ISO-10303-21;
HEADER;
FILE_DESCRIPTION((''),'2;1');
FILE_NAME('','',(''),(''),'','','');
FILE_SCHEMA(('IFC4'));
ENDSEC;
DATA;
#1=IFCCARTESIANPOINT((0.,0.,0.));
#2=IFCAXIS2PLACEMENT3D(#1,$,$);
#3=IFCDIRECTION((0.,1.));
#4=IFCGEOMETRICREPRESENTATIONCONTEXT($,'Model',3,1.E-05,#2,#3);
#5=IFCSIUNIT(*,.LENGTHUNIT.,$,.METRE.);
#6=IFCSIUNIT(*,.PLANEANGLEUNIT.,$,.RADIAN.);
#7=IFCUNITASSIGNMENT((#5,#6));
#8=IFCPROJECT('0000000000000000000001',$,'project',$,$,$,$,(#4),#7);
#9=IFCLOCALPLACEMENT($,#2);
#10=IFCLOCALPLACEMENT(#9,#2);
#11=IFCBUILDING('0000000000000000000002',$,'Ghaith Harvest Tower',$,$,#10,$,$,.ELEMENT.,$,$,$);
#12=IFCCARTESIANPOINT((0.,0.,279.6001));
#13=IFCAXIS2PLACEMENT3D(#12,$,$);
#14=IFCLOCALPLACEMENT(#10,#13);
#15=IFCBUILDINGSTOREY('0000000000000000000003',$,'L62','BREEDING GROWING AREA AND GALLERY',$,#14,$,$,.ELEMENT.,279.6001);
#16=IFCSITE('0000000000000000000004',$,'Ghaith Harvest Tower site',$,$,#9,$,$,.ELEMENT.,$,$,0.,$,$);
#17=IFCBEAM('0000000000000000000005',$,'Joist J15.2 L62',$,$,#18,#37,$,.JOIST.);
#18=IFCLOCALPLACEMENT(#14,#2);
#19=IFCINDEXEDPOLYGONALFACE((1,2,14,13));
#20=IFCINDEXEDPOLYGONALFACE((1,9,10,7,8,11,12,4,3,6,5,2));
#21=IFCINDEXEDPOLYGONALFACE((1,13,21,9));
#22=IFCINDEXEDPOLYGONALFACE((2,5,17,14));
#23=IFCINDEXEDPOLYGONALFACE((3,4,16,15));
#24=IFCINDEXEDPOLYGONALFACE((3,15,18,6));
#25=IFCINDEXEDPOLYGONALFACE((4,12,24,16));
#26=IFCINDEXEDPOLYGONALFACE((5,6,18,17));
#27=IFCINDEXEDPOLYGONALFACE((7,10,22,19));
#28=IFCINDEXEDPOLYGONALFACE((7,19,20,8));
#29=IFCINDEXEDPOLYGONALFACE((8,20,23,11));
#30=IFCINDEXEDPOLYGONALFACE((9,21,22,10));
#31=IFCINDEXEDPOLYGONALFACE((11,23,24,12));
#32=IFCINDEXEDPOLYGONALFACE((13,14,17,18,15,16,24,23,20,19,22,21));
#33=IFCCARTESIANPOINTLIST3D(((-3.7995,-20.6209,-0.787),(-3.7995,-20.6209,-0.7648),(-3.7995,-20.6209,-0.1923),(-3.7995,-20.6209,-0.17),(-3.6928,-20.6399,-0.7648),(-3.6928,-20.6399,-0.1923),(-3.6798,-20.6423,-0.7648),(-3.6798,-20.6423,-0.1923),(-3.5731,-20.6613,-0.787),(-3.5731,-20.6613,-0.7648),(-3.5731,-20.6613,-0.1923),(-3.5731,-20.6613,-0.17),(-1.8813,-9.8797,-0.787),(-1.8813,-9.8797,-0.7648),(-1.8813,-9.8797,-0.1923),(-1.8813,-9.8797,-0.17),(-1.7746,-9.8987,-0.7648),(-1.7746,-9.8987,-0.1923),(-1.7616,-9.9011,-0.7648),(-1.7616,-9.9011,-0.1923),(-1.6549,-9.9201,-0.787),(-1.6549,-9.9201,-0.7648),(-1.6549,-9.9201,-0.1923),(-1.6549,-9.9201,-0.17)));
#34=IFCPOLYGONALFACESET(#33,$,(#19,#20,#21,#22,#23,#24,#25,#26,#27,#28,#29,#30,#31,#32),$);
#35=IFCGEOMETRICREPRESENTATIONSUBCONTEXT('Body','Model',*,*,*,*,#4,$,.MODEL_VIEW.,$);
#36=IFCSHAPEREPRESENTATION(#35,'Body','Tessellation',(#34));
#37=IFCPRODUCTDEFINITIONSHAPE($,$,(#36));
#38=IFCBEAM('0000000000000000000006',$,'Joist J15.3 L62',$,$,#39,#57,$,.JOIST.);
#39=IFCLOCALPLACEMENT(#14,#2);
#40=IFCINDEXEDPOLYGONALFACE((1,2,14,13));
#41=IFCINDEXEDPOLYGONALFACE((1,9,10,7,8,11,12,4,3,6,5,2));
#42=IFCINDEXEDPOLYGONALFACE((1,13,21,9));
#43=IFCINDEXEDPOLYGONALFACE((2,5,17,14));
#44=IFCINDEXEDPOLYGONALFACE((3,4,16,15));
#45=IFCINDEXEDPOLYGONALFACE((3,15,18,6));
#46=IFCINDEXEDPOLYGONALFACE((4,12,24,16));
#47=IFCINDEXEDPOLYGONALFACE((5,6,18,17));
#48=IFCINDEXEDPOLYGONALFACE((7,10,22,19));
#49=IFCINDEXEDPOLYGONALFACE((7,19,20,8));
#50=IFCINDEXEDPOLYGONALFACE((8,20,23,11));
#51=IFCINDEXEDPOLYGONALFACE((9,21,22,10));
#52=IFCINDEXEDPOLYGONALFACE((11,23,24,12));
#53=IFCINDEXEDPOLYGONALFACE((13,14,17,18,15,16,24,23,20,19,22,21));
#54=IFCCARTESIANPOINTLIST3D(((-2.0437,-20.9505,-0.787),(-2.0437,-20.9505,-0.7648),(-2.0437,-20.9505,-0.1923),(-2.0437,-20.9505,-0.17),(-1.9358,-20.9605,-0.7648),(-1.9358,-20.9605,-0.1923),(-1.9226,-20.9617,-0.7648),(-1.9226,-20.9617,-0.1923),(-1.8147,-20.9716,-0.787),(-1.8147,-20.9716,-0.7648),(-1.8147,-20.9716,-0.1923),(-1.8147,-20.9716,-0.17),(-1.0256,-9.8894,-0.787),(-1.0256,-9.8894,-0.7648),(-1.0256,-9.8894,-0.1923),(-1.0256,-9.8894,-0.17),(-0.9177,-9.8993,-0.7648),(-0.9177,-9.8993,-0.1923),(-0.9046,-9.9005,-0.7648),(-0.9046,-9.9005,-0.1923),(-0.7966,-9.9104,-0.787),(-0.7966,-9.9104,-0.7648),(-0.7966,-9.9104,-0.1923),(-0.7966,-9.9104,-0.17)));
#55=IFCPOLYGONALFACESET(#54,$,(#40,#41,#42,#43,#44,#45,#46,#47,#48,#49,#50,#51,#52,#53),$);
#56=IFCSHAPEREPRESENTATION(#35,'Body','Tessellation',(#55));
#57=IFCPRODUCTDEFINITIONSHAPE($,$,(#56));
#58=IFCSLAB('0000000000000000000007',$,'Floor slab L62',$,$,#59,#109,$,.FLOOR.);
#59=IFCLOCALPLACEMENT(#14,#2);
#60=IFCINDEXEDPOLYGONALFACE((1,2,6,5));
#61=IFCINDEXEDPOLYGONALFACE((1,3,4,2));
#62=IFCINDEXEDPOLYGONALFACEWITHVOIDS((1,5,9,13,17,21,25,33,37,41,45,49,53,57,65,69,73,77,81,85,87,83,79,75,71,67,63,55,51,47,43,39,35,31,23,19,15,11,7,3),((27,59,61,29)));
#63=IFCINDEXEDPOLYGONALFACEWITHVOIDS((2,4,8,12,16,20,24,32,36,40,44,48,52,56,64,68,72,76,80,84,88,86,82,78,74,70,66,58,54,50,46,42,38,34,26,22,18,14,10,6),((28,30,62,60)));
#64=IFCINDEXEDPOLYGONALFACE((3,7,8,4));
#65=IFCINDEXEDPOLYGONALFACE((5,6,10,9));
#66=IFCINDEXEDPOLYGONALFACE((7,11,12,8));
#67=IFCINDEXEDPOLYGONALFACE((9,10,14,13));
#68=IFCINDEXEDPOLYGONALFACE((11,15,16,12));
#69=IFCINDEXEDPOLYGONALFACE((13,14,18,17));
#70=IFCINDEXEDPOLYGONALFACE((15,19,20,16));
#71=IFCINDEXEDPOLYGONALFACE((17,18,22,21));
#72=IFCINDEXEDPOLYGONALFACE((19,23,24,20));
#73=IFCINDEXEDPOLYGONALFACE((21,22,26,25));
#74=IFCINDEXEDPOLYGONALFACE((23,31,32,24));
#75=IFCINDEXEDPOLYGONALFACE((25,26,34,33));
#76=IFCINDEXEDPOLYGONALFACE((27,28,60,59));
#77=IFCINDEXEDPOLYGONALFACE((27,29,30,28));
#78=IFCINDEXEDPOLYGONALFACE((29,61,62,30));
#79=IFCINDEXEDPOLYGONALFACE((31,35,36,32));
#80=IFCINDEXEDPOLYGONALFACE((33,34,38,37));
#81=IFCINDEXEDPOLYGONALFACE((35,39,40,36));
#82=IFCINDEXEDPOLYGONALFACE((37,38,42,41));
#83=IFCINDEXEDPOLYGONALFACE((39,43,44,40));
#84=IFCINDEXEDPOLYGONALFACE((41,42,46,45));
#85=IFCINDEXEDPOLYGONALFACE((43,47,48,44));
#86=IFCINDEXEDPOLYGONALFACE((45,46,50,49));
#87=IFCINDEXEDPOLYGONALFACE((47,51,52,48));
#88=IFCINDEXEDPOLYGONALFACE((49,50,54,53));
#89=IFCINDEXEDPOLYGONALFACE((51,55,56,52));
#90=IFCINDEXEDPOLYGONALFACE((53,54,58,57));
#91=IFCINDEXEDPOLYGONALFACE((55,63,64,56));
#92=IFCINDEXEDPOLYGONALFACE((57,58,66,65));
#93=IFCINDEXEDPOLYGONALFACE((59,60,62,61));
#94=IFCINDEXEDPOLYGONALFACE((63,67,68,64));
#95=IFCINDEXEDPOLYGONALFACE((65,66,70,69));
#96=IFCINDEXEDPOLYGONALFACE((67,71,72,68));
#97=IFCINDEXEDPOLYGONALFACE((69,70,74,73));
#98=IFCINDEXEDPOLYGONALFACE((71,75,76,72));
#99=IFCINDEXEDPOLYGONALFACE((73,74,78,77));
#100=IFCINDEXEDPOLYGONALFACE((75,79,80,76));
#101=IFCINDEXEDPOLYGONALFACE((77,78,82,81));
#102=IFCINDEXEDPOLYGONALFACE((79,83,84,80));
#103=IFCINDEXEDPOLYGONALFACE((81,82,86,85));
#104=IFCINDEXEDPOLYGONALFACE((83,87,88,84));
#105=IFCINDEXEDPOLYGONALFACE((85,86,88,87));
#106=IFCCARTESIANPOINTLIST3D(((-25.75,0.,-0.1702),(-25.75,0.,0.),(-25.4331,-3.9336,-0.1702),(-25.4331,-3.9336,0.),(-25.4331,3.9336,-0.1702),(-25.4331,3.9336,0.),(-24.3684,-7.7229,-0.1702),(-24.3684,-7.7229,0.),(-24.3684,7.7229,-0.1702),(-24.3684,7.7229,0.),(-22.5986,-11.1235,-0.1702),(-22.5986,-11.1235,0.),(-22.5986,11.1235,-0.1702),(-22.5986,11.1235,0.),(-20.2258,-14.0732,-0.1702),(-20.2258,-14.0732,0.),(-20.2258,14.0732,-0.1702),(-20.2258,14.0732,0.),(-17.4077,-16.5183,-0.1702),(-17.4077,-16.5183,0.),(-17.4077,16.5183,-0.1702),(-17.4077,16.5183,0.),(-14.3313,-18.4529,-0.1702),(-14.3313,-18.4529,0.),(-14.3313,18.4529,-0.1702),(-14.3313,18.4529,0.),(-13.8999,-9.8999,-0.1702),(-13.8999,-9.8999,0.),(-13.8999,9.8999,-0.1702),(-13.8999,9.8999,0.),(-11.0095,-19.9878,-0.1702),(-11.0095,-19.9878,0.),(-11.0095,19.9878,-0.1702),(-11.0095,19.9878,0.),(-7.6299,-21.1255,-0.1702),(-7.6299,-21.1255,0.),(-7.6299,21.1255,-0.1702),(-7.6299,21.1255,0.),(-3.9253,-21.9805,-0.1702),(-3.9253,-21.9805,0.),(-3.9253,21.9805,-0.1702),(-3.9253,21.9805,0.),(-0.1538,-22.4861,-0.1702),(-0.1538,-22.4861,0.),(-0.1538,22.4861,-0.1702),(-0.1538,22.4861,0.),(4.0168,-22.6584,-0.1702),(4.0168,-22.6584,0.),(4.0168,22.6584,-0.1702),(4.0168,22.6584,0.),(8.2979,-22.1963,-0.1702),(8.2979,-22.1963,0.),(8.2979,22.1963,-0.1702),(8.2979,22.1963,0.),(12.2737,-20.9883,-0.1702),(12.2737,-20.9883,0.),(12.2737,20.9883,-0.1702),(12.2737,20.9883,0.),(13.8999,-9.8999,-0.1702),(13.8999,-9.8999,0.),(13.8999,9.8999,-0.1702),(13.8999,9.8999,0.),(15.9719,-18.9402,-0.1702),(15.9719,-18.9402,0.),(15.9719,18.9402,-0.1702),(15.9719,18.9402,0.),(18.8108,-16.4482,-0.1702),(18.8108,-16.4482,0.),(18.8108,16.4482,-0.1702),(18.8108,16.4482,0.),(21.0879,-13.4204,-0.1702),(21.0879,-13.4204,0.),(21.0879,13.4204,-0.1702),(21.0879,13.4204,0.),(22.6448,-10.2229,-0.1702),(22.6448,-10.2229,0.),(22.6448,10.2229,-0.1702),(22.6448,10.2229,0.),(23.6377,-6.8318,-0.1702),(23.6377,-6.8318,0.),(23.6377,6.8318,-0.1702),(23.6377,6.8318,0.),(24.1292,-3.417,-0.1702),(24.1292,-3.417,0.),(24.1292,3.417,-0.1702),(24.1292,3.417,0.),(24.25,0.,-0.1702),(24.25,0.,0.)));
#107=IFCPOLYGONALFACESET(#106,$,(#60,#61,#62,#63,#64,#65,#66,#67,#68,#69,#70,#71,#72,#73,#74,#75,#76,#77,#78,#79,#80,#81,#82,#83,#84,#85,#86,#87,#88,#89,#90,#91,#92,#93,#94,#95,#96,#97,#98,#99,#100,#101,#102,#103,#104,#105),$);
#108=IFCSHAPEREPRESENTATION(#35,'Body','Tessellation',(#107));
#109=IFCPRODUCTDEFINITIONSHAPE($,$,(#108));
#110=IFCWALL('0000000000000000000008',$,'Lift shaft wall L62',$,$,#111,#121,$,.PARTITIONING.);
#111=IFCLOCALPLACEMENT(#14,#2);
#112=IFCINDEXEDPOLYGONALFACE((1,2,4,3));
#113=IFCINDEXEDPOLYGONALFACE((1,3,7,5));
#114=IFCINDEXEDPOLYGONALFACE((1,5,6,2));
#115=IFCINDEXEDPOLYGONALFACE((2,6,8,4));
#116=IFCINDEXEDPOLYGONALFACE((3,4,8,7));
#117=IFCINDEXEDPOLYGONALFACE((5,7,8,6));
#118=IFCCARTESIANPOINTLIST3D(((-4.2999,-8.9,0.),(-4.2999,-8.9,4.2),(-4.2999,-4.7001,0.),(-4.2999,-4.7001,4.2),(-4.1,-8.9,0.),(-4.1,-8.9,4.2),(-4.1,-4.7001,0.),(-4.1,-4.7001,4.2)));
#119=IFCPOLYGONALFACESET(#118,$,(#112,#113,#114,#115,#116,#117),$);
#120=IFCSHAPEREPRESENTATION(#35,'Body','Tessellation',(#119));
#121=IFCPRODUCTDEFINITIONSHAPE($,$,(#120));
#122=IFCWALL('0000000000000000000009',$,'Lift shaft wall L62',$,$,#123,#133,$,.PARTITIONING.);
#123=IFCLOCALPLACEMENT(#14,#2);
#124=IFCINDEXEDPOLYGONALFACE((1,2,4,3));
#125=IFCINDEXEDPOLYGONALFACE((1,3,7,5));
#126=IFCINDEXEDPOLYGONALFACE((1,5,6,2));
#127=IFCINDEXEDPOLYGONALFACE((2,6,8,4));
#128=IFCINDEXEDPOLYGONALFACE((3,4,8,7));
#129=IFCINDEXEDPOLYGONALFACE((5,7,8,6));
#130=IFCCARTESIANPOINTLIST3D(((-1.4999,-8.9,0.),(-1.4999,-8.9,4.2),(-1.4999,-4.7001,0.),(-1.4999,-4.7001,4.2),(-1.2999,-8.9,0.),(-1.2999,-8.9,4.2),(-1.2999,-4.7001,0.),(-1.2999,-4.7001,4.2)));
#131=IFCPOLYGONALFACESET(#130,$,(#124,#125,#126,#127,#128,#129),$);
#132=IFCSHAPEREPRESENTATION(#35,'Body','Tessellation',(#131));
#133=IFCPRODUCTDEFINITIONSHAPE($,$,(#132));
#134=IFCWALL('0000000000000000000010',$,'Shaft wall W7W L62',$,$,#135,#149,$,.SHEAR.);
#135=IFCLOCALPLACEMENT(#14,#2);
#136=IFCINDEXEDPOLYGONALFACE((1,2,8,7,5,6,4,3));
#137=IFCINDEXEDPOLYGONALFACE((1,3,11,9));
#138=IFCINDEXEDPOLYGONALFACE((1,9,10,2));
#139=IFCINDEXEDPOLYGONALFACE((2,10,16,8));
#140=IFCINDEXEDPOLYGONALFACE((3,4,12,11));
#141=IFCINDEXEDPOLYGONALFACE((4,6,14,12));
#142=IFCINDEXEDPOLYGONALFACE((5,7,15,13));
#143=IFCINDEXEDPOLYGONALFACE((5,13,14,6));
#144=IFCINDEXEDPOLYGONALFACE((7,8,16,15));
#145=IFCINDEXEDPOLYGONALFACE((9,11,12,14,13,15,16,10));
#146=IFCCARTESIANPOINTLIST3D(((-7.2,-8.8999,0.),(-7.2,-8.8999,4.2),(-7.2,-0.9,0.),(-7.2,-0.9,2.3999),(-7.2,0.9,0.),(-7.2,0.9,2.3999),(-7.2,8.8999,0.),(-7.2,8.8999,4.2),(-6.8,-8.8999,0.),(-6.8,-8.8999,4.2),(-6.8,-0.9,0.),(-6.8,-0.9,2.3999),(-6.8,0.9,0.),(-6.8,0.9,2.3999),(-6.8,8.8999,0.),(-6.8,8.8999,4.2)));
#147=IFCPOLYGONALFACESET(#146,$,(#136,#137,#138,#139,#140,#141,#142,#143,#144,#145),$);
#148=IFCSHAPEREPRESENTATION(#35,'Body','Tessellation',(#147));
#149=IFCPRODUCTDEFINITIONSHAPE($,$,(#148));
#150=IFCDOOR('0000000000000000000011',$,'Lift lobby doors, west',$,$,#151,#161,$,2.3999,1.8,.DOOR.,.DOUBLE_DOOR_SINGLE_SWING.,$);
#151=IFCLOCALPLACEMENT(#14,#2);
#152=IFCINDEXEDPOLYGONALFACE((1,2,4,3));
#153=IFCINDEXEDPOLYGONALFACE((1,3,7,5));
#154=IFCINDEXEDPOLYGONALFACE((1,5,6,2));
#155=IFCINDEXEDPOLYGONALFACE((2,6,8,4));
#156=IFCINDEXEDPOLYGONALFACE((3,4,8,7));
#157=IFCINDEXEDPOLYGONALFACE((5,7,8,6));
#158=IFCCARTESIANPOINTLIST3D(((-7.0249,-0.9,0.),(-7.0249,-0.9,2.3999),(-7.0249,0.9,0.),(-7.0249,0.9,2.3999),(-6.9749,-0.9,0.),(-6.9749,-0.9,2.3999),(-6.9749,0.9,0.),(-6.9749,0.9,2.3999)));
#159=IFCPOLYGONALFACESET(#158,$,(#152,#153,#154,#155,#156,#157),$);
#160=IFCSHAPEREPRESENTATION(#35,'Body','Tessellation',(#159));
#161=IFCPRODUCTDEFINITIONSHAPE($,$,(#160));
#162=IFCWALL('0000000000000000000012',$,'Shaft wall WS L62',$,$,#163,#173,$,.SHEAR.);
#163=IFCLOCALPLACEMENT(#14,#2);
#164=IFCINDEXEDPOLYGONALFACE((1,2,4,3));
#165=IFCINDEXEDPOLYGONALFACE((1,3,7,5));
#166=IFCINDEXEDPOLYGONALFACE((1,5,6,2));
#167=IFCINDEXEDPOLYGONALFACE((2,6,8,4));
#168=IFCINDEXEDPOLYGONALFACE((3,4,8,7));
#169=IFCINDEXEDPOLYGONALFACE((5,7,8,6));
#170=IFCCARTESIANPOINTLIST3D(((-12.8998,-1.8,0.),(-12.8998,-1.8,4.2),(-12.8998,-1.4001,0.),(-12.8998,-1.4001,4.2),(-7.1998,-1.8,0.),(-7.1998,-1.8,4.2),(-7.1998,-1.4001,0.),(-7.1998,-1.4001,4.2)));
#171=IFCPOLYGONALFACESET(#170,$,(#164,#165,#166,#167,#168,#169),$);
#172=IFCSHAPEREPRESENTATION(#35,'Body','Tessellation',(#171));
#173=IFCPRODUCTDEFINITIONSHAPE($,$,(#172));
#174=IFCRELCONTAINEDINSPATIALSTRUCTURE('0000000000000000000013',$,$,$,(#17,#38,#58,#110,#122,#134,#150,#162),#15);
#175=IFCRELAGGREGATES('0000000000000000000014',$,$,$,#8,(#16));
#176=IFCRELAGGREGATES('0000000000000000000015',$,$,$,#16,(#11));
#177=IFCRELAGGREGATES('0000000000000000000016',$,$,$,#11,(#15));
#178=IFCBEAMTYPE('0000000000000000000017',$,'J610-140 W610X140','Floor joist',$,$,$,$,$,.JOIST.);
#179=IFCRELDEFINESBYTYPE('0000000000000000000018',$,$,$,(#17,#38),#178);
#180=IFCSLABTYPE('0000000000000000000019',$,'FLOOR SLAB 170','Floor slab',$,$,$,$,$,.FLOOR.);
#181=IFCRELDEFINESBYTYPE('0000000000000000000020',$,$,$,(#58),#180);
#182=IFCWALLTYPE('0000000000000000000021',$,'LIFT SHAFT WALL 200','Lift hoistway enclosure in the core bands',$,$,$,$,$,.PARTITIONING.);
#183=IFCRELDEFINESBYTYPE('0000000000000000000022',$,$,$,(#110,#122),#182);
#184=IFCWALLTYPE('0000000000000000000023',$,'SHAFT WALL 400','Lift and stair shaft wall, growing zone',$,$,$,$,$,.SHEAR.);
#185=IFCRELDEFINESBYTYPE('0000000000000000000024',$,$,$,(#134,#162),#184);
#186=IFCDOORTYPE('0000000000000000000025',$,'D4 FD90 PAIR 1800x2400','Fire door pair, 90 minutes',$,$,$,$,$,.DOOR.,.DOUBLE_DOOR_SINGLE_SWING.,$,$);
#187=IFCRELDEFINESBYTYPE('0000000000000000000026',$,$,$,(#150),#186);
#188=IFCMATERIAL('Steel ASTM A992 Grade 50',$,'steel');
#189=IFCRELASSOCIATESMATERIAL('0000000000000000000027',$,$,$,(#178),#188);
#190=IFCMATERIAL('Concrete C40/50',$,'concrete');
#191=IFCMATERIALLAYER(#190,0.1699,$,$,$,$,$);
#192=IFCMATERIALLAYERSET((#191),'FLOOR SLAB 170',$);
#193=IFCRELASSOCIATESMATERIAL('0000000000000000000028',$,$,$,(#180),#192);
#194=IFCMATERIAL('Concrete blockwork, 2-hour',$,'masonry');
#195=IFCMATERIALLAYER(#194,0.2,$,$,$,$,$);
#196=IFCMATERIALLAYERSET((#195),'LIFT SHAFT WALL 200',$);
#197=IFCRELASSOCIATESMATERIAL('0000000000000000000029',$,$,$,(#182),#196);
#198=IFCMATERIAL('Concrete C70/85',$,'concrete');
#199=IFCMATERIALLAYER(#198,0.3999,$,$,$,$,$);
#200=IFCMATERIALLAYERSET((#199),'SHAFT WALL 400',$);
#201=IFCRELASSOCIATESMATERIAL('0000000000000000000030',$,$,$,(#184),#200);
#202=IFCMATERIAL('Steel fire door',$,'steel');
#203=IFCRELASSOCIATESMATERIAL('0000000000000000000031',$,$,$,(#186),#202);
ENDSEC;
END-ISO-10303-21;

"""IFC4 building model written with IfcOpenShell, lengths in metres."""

from ifc_helpers import new_model, si_unit, direction, frame, frame_2d, origin, origin_2d, place, context, subcontext, project, spatial, polyline, rectangle, i_section, outline, extrude, material, layer, layer_set, material_profile, profile_set, type_object, element, fill, save


model = new_model("IFC4")

# Units and contexts
model_context = context("Model", 3, precision=1e-05, world=origin(), true_north=direction((0.0, 1.0)))
body_context = subcontext(model_context, "Body", "Model", "MODEL_VIEW")
ifc_project = project(units=[si_unit("LENGTHUNIT", "METRE"), si_unit("PLANEANGLEUNIT", "RADIAN")], contexts=[model_context])

# Site, building, storey
site_placement = place(None, origin())
site = spatial("IfcSite", under=ifc_project, at=site_placement, Name="Ghaith Harvest Tower site", CompositionType="ELEMENT", RefElevation=0.0)
building_placement = place(site_placement, origin())
building = spatial("IfcBuilding", under=site, at=building_placement, Name="Ghaith Harvest Tower", CompositionType="ELEMENT")
storey_placement = place(building_placement, frame((0.0, 0.0, 279.6001)))
storey = spatial("IfcBuildingStorey", under=building, at=storey_placement, Name="L62", Description="BREEDING GROWING AREA AND GALLERY", CompositionType="ELEMENT", Elevation=279.6001)

# Beams
ifc_material_1 = material(Name="Steel ASTM A992 Grade 50", Category="steel")
ifc_material_profile_1 = material_profile(ifc_material_1, i_section(OverallWidth=0.23, OverallDepth=0.6169, WebThickness=0.0132, FlangeThickness=0.0222, at=origin_2d()), Name="W610X140")
ifc_profile_set_1 = profile_set([ifc_material_profile_1], Name="Steel ASTM A992 Grade 50")
beam_type_1 = type_object("IfcBeamType", Name="J610-140 W610X140", Description="Floor joist", PredefinedType="JOIST", material=ifc_profile_set_1)
beam_1_placement = place(storey_placement, frame((-1.7681, -9.8999, -0.4785), z_axis=(-0.175803, -0.984425, 0.0), x_axis=(0.984425, -0.175803, 0.0)))
element("IfcBeam", 1, at=beam_1_placement, inside=storey, type_object=beam_type_1, Name="Joist J15.2 L62", PredefinedType="JOIST", context=body_context, shape_type="SweptSolid", body=[
    extrude(i_section(OverallWidth=0.23, OverallDepth=0.6169, WebThickness=0.0132, FlangeThickness=0.0222, at=origin_2d()), origin(), (0.0, 0.0, 1.0), 10.9111),
])
beam_2_placement = place(storey_placement, frame((-0.9111, -9.8999, -0.4785), z_axis=(-0.091651, -0.995791, 0.0), x_axis=(0.995791, -0.091651, 0.0)))
element("IfcBeam", 2, at=beam_2_placement, inside=storey, type_object=beam_type_1, Name="Joist J15.3 L62", PredefinedType="JOIST", context=body_context, shape_type="SweptSolid", body=[
    extrude(i_section(OverallWidth=0.23, OverallDepth=0.6169, WebThickness=0.0132, FlangeThickness=0.0222, at=origin_2d()), origin(), (0.0, 0.0, 1.0), 11.1079),
])

# Slab
ifc_material_2 = material(Name="Concrete C40/50", Category="concrete")
ifc_layer_1 = layer(ifc_material_2, 0.1699)
ifc_layer_set_1 = layer_set([ifc_layer_1], Name="FLOOR SLAB 170")
slab_type = type_object("IfcSlabType", Name="FLOOR SLAB 170", Description="Floor slab", PredefinedType="FLOOR", material=ifc_layer_set_1)
slab_placement = place(storey_placement, frame((0.0, 0.0, -0.1702)))
element("IfcSlab", 3, at=slab_placement, inside=storey, type_object=slab_type, Name="Floor slab L62", PredefinedType="FLOOR", context=body_context, shape_type="SweptSolid", body=[
    extrude(outline(polyline([(24.25, 0.0), (24.1292, 3.417), (23.6377, 6.8318), (22.6448, 10.2229), (21.0879, 13.4204), (18.8108, 16.4482), (15.9719, 18.9402), (12.2737, 20.9883), (8.2979, 22.1963), (4.0168, 22.6584), (-0.1538, 22.4861), (-3.9253, 21.9805), (-7.6299, 21.1255), (-11.0095, 19.9878), (-14.3313, 18.4529), (-17.4077, 16.5183), (-20.2258, 14.0732), (-22.5986, 11.1235), (-24.3684, 7.7229), (-25.4331, 3.9336), (-25.75, 0.0), (-25.4331, -3.9336), (-24.3684, -7.7229), (-22.5986, -11.1235), (-20.2258, -14.0732), (-17.4077, -16.5183), (-14.3313, -18.4529), (-11.0095, -19.9878), (-7.6299, -21.1255), (-3.9253, -21.9805), (-0.1538, -22.4861), (4.0168, -22.6584), (8.2979, -22.1963), (12.2737, -20.9883), (15.9719, -18.9402), (18.8108, -16.4482), (21.0879, -13.4204), (22.6448, -10.2229), (23.6377, -6.8318), (24.1292, -3.417), (24.25, 0.0)]), holes=[polyline([(-13.8999, -9.8999), (13.8999, -9.8999), (13.8999, 9.8999), (-13.8999, 9.8999), (-13.8999, -9.8999)])]), origin(), (0.0, 0.0, 1.0), 0.1702),
])

# Walls
ifc_material_3 = material(Name="Concrete blockwork, 2-hour", Category="masonry")
ifc_layer_2 = layer(ifc_material_3, 0.2)
ifc_layer_set_2 = layer_set([ifc_layer_2], Name="LIFT SHAFT WALL 200")
wall_type_1 = type_object("IfcWallType", Name="LIFT SHAFT WALL 200", Description="Lift hoistway enclosure in the core bands", PredefinedType="PARTITIONING", material=ifc_layer_set_2)
for number, where, z_axis, x_axis, name in (
    (4, (-4.2, -4.7, 0.0), (0.0, 0.0, 1.0), (0.0, -1.0, 0.0), "Lift shaft wall L62"),
    (5, (-1.3999, -4.7, 0.0), (0.0, 0.0, 1.0), (0.0, -1.0, 0.0), "Lift shaft wall L62"),
):
    element("IfcWall", number, at=place(storey_placement, frame(where, z_axis=z_axis, x_axis=x_axis)), inside=storey, type_object=wall_type_1, Name=name, PredefinedType="PARTITIONING", context=body_context, shape_type="SweptSolid", body=[
        extrude(rectangle(XDim=4.2, YDim=0.2, at=frame_2d((2.1001, 0.0))), origin(), (0.0, 0.0, 1.0), 4.2),
    ])

# Wall, opening, door
ifc_material_4 = material(Name="Concrete C70/85", Category="concrete")
ifc_layer_3 = layer(ifc_material_4, 0.3999)
ifc_layer_set_3 = layer_set([ifc_layer_3], Name="SHAFT WALL 400")
wall_type_2 = type_object("IfcWallType", Name="SHAFT WALL 400", Description="Lift and stair shaft wall, growing zone", PredefinedType="SHEAR", material=ifc_layer_set_3)
wall_1_placement = place(storey_placement, frame((-7.0, -8.8999, 0.0), z_axis=(0.0, 0.0, 1.0), x_axis=(0.0, 1.0, 0.0)))
wall_1 = element("IfcWall", 6, at=wall_1_placement, inside=storey, type_object=wall_type_2, Name="Shaft wall W7W L62", PredefinedType="SHEAR", context=body_context, shape_type="SweptSolid", body=[
    extrude(rectangle(XDim=17.7998, YDim=0.3999, at=frame_2d((8.8999, 0.0))), origin(), (0.0, 0.0, 1.0), 4.2),
])
opening_1_placement = place(wall_1_placement, frame((8.0, 0.0, 0.0)))
opening_1 = element("IfcOpeningElement", 7, at=opening_1_placement, cuts=wall_1, PredefinedType="OPENING", context=body_context, shape_type="SweptSolid", body=[
    extrude(rectangle(XDim=1.8, YDim=2.3999, at=frame_2d((0.8999, 1.2))), frame((0.0, 0.21, 0.0), z_axis=(0.0, -1.0, 0.0), x_axis=(1.0, 0.0, 0.0)), (0.0, 0.0, 1.0), 0.4199),
])
ifc_material_5 = material(Name="Steel fire door", Category="steel")
door_type_1 = type_object("IfcDoorType", Name="D4 FD90 PAIR 1800x2400", Description="Fire door pair, 90 minutes", OperationType="DOUBLE_DOOR_SINGLE_SWING", PredefinedType="DOOR", material=ifc_material_5)
door_1_placement = place(opening_1_placement, origin())
door_1 = element("IfcDoor", 8, at=door_1_placement, inside=storey, type_object=door_type_1, Name="Lift lobby doors, west", OperationType="DOUBLE_DOOR_SINGLE_SWING", OverallHeight=2.3999, OverallWidth=1.8, PredefinedType="DOOR", context=body_context, shape_type="SweptSolid", body=[
    extrude(rectangle(XDim=1.8, YDim=2.3999, at=frame_2d((0.8999, 1.2))), frame((0.0, 0.0249, 0.0), z_axis=(0.0, -1.0, 0.0), x_axis=(1.0, 0.0, 0.0)), (0.0, 0.0, 1.0), 0.05),
])
fill(opening_1, door_1)

# Wall
wall_2_placement = place(storey_placement, frame((-12.8999, -1.6001, 0.0), z_axis=(0.0, 0.0, 1.0), x_axis=(1.0, 0.0, 0.0)))
element("IfcWall", 9, at=wall_2_placement, inside=storey, type_object=wall_type_2, Name="Shaft wall WS L62", PredefinedType="SHEAR", context=body_context, shape_type="SweptSolid", body=[
    extrude(rectangle(XDim=5.7, YDim=0.3999, at=frame_2d((2.8501, 0.0))), origin(), (0.0, 0.0, 1.0), 4.2),
])

save(model, "model.ifc")
